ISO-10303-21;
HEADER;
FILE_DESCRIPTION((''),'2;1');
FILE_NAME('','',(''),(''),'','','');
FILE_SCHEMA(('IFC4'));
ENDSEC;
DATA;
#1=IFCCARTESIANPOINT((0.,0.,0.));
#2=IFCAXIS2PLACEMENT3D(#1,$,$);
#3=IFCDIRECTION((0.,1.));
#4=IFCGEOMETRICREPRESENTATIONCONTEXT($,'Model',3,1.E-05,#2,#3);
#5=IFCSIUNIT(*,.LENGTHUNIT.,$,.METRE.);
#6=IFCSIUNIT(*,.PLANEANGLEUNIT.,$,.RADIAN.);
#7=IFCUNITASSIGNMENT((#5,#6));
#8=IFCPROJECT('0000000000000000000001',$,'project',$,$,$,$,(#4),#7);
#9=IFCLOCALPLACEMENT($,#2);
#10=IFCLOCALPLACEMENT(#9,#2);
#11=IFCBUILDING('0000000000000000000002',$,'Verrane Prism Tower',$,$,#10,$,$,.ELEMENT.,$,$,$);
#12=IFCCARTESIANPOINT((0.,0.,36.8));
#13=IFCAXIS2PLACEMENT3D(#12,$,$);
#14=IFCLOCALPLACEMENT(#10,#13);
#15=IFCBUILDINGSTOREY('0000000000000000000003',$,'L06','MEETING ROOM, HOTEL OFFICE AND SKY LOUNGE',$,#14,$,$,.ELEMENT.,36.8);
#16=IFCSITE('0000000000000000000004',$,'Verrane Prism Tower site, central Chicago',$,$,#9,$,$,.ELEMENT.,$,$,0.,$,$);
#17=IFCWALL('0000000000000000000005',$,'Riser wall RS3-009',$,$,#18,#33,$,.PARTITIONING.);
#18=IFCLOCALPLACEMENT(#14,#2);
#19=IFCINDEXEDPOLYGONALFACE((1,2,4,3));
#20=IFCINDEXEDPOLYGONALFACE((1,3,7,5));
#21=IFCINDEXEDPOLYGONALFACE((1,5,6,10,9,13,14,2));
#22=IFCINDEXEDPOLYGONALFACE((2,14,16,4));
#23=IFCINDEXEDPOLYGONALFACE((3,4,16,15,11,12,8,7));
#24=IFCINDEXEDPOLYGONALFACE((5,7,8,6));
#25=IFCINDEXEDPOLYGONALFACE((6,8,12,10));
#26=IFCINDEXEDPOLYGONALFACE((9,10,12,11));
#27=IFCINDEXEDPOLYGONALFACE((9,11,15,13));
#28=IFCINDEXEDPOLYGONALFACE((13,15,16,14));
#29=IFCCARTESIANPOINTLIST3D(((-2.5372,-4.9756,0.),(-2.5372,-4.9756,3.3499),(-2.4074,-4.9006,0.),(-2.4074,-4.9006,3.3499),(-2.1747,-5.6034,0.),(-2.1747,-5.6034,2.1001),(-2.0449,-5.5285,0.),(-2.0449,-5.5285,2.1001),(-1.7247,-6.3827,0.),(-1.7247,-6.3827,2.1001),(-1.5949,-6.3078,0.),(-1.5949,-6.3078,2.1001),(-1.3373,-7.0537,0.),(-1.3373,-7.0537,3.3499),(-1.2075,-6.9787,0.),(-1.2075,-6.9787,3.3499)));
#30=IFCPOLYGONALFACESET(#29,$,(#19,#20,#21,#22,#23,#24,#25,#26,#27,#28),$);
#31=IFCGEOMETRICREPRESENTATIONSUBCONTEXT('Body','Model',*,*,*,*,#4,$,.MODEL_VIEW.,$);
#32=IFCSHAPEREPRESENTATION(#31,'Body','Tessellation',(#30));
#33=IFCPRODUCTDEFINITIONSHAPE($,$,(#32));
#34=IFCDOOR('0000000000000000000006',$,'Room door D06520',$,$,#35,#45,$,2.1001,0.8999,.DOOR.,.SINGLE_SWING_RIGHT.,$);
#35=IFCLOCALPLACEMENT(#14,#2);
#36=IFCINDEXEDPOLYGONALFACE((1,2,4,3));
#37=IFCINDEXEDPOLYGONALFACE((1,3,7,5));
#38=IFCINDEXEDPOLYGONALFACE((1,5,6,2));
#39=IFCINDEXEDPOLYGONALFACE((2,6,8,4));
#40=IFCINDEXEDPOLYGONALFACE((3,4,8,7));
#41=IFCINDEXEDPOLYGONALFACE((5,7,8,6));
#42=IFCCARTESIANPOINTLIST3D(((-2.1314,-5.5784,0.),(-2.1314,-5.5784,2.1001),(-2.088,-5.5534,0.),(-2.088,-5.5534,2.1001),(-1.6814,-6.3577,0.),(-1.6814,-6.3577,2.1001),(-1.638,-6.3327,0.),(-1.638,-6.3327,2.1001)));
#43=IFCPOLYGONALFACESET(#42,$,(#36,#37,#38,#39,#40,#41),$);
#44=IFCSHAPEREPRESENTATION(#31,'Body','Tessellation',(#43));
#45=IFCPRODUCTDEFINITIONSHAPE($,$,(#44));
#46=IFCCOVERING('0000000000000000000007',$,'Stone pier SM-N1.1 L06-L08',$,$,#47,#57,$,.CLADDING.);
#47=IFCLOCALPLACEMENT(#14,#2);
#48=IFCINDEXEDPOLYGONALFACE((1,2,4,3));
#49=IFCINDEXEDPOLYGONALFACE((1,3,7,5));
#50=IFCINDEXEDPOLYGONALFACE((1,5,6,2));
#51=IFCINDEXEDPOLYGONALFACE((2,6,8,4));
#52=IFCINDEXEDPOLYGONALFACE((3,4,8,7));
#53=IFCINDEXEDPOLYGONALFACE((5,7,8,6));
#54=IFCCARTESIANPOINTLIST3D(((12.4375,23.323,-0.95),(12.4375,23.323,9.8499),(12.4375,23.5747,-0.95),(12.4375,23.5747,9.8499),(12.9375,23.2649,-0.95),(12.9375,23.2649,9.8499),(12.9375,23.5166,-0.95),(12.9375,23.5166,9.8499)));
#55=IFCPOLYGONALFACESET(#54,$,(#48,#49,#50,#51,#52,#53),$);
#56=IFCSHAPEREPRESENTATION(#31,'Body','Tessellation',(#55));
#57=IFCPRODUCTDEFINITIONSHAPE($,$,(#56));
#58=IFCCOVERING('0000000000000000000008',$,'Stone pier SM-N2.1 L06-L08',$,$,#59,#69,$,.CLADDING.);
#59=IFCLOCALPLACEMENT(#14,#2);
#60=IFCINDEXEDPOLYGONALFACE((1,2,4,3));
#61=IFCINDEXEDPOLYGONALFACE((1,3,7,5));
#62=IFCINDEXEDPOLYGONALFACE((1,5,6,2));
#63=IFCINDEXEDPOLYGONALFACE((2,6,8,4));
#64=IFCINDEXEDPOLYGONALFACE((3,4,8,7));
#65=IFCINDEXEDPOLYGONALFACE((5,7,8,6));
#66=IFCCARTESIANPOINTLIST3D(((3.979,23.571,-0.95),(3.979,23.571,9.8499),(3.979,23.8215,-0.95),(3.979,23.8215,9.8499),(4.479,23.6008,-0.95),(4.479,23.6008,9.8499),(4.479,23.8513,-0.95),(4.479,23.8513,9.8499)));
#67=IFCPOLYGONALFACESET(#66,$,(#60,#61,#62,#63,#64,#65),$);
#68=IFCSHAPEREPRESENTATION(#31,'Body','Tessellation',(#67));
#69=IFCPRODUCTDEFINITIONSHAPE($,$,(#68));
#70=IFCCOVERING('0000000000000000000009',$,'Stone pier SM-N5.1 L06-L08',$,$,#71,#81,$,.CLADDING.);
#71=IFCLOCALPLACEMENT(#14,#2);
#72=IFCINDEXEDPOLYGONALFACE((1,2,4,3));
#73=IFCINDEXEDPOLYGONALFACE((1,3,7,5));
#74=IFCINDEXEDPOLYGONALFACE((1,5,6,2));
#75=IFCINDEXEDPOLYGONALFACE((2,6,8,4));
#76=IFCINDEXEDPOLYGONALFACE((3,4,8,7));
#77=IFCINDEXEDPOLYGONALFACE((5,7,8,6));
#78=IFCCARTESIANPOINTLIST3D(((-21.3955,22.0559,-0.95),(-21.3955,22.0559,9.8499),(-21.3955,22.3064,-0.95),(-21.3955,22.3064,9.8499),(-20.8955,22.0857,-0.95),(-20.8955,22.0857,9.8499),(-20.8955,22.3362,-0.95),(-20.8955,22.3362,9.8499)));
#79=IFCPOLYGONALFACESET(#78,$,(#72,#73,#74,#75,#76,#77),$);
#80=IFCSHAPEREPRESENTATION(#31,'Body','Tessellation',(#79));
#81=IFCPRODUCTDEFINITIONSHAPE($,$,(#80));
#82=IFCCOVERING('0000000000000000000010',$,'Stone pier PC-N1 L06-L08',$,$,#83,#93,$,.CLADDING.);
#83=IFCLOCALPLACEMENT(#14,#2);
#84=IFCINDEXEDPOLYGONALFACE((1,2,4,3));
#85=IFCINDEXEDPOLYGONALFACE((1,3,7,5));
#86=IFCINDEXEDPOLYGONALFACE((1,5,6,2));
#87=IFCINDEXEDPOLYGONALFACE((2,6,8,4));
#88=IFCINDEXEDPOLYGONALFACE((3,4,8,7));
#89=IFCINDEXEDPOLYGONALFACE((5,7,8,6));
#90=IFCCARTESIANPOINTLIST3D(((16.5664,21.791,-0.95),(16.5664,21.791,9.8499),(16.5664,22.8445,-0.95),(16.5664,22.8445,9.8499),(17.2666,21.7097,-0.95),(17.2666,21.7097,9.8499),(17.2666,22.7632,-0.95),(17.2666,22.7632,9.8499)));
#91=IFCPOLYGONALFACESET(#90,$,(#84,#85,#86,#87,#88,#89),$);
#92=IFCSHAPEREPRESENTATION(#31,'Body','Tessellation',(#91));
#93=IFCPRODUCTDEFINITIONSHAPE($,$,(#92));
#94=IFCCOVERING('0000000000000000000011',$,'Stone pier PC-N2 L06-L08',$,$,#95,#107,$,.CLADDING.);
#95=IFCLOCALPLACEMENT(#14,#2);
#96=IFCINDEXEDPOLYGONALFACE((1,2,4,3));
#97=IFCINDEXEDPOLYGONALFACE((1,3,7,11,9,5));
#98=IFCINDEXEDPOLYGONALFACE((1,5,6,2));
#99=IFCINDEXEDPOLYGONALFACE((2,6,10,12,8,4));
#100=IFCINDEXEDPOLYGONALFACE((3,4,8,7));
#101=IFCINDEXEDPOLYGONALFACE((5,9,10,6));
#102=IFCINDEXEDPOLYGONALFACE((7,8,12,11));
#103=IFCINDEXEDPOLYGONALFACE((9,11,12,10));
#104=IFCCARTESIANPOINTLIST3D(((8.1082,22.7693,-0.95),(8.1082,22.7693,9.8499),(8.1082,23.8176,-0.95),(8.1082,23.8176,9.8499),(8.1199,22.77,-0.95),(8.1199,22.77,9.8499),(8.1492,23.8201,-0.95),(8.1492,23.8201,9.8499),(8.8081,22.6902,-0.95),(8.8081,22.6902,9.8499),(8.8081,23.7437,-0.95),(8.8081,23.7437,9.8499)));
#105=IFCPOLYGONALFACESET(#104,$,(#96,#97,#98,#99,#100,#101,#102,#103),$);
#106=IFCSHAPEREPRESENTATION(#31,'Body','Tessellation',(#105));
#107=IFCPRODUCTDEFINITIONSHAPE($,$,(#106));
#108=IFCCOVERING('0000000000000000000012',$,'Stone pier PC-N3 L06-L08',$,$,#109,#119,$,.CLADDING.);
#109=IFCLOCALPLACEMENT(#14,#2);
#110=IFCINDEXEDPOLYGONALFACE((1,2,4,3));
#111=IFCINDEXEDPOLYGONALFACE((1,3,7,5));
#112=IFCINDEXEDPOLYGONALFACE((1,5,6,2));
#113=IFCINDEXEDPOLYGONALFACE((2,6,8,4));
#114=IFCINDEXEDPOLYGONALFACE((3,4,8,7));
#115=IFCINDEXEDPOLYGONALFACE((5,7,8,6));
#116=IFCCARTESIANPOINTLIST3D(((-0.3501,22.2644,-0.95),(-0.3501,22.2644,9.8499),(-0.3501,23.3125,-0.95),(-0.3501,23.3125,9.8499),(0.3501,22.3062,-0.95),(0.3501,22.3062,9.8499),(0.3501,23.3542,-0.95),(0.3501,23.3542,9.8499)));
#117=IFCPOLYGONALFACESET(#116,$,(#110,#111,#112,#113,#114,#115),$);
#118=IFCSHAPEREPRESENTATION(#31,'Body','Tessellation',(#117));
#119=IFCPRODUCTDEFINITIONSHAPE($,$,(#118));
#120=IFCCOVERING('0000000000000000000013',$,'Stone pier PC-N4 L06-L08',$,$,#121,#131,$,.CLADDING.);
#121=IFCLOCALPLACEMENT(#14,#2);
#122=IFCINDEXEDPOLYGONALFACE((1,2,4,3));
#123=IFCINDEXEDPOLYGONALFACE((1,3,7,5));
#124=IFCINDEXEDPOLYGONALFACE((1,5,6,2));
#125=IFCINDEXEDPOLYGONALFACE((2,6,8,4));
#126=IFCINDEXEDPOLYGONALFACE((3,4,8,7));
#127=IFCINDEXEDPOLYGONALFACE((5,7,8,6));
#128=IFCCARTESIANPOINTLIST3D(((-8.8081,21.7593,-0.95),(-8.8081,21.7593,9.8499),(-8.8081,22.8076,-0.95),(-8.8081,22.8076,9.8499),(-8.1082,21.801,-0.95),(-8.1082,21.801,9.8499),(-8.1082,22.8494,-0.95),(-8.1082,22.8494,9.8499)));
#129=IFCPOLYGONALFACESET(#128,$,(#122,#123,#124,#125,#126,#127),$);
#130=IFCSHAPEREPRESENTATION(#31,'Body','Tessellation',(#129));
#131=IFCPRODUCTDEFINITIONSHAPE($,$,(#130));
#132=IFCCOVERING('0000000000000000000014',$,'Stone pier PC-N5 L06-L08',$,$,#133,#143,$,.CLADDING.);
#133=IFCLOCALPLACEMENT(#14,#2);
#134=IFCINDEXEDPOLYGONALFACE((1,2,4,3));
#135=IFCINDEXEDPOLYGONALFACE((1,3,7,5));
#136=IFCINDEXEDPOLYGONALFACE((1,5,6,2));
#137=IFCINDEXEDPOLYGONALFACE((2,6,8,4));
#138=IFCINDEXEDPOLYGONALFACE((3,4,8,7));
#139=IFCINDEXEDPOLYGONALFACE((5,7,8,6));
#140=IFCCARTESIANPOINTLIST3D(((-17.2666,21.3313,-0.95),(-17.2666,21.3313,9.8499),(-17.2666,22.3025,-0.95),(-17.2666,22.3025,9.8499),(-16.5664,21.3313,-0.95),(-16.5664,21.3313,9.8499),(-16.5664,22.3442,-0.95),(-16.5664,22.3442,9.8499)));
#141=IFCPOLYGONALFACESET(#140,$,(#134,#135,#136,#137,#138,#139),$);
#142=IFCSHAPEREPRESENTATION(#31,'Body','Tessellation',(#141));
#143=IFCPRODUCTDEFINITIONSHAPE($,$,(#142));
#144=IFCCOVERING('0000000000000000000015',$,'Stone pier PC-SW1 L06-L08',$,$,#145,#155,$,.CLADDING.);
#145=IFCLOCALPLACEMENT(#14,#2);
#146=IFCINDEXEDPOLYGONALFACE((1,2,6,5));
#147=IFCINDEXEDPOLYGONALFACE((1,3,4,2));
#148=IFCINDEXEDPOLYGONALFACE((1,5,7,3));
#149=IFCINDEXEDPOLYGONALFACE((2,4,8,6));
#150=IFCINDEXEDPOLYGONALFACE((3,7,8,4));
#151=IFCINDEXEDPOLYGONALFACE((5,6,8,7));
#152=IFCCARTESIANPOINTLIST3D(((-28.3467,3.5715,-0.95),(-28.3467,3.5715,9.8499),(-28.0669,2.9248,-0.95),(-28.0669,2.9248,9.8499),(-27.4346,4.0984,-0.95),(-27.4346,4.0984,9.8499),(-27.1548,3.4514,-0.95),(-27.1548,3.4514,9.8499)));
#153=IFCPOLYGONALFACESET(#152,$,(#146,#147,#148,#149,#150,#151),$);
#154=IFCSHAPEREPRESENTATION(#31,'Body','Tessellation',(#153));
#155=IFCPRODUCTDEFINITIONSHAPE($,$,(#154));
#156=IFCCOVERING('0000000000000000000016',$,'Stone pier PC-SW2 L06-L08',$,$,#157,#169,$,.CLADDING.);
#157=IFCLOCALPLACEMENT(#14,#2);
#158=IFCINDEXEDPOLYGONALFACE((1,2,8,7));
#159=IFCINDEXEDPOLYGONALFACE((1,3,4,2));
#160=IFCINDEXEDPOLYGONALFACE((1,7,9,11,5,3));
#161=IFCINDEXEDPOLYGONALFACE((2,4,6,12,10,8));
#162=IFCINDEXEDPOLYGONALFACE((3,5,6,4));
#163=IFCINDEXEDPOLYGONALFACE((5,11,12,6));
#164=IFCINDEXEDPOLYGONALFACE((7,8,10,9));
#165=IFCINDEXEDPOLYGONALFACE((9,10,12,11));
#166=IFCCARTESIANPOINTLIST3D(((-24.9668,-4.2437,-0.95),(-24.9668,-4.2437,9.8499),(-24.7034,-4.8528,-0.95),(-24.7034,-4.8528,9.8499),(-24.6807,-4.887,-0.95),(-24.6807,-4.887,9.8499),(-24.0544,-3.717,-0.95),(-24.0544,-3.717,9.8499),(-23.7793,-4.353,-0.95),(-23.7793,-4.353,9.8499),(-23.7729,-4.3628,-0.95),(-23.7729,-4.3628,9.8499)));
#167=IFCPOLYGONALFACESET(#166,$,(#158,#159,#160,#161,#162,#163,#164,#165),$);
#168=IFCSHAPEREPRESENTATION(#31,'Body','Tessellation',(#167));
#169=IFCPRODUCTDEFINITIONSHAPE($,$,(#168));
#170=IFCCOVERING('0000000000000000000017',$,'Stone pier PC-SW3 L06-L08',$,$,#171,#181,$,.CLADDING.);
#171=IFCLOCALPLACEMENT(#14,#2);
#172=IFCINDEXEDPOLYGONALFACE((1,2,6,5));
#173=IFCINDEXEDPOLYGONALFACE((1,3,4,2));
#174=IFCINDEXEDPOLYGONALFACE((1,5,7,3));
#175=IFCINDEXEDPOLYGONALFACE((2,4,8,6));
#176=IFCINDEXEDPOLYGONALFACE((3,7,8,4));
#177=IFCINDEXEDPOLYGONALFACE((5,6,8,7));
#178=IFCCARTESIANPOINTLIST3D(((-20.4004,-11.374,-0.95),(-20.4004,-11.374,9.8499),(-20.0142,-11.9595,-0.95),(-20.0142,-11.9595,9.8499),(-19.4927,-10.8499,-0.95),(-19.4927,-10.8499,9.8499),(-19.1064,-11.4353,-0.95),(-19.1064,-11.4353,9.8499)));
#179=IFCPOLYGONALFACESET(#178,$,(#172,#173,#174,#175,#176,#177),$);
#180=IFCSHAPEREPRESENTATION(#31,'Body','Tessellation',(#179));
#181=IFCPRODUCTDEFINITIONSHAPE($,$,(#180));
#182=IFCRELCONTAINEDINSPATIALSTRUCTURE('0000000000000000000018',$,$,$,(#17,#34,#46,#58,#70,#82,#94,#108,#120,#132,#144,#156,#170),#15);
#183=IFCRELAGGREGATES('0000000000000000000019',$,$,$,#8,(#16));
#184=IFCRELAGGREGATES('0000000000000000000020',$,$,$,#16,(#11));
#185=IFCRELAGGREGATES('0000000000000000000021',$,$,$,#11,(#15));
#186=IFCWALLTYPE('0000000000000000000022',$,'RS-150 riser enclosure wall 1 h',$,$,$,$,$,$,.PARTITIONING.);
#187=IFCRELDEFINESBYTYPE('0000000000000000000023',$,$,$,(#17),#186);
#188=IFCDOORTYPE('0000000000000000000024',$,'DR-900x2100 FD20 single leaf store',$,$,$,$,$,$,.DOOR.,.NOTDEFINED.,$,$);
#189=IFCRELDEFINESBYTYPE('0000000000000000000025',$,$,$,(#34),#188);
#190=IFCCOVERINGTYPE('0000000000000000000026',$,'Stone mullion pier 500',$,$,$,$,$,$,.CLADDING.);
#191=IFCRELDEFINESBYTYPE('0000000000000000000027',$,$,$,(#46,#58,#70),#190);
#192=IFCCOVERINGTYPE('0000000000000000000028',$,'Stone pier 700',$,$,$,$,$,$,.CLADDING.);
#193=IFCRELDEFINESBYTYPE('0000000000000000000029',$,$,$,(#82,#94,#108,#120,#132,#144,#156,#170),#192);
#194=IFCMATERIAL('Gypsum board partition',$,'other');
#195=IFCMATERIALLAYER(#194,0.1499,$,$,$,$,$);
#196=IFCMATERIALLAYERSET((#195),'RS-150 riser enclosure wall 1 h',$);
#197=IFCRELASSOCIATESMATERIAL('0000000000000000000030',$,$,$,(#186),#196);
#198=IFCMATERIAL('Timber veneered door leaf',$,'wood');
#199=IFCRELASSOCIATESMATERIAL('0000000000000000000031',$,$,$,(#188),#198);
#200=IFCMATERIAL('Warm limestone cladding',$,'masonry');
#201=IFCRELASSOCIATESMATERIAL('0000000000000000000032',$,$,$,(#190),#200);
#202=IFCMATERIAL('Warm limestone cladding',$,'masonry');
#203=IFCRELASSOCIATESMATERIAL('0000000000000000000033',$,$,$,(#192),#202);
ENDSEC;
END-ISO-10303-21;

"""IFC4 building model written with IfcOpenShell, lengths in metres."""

from ifc_helpers import new_model, si_unit, direction, frame, frame_2d, origin, place, context, subcontext, project, spatial, polyline, rectangle, outline, extrude, material, layer, layer_set, type_object, element, fill, save


model = new_model("IFC4")

# Units and contexts
model_context = context("Model", 3, precision=1e-05, world=origin(), true_north=direction((0.0, 1.0)))
body_context = subcontext(model_context, "Body", "Model", "MODEL_VIEW")
ifc_project = project(units=[si_unit("LENGTHUNIT", "METRE"), si_unit("PLANEANGLEUNIT", "RADIAN")], contexts=[model_context])

# Site, building, storey
site_placement = place(None, origin())
site = spatial("IfcSite", under=ifc_project, at=site_placement, Name="Verrane Prism Tower site, central Chicago", CompositionType="ELEMENT", RefElevation=0.0)
building_placement = place(site_placement, origin())
building = spatial("IfcBuilding", under=site, at=building_placement, Name="Verrane Prism Tower", CompositionType="ELEMENT")
storey_placement = place(building_placement, frame((0.0, 0.0, 36.8)))
storey = spatial("IfcBuildingStorey", under=building, at=storey_placement, Name="L06", Description="MEETING ROOM, HOTEL OFFICE AND SKY LOUNGE", CompositionType="ELEMENT", Elevation=36.8)

# Shared definitions
ifc_material_1 = material(Name="Gypsum board partition", Category="other")
ifc_layer_1 = layer(ifc_material_1, 0.1499)
ifc_layer_set_1 = layer_set([ifc_layer_1], Name="RS-150 riser enclosure wall 1 h")
wall_type_1 = type_object("IfcWallType", Name="RS-150 riser enclosure wall 1 h", PredefinedType="PARTITIONING", material=ifc_layer_set_1)

# Wall, opening, door
wall_1_placement = place(storey_placement, frame((-1.2725, -7.0161, 0.0), z_axis=(0.0, 0.0, 1.0), x_axis=(-0.500045, 0.865999, 0.0)))
wall_1 = element("IfcWall", 1, at=wall_1_placement, inside=storey, type_object=wall_type_1, Name="Riser wall RS3-009", PredefinedType="PARTITIONING", context=body_context, shape_type="SweptSolid", body=[
    extrude(rectangle(XDim=2.3997, YDim=0.1499, at=frame_2d((1.1997, 0.0))), origin(), (0.0, 0.0, 1.0), 3.3499),
])
opening_1_placement = place(wall_1_placement, frame((0.7747, 0.0, 0.0)))
opening_1 = element("IfcOpeningElement", 2, at=opening_1_placement, cuts=wall_1, PredefinedType="OPENING", context=body_context, shape_type="SweptSolid", body=[
    extrude(rectangle(XDim=0.8999, YDim=2.1001, at=frame_2d((0.45, 1.05))), frame((0.0, 0.085, 0.0), z_axis=(0.0, -1.0, 0.0), x_axis=(1.0, 0.0, 0.0)), (0.0, 0.0, 1.0), 0.1699),
])
ifc_material_2 = material(Name="Timber veneered door leaf", Category="wood")
door_type_1 = type_object("IfcDoorType", Name="DR-900x2100 FD20 single leaf store", OperationType="NOTDEFINED", PredefinedType="DOOR", material=ifc_material_2)
door_1_placement = place(opening_1_placement, origin())
door_1 = element("IfcDoor", 3, at=door_1_placement, inside=storey, type_object=door_type_1, Name="Room door D06520", OperationType="SINGLE_SWING_RIGHT", OverallHeight=2.1001, OverallWidth=0.8999, PredefinedType="DOOR", context=body_context, shape_type="SweptSolid", body=[
    extrude(rectangle(XDim=0.8999, YDim=2.1001, at=frame_2d((0.45, 1.05))), frame((0.0, 0.0249, 0.0), z_axis=(0.0, -1.0, 0.0), x_axis=(1.0, 0.0, 0.0)), (0.0, 0.0, 1.0), 0.05),
])
fill(opening_1, door_1)

# Coverings
ifc_material_3 = material(Name="Warm limestone cladding", Category="masonry")
covering_type_1 = type_object("IfcCoveringType", Name="Stone mullion pier 500", PredefinedType="CLADDING", material=ifc_material_3)
covering_1_placement = place(storey_placement, frame((0.0, 0.0, -0.95)))
element("IfcCovering", 4, at=covering_1_placement, inside=storey, type_object=covering_type_1, Name="Stone pier SM-N1.1 L06-L08", PredefinedType="CLADDING", context=body_context, shape_type="SweptSolid", body=[
    extrude(outline(polyline([(12.4375, 23.323), (12.9375, 23.2649), (12.9375, 23.5166), (12.4375, 23.5747), (12.4375, 23.323)])), origin(), (0.0, 0.0, 1.0), 10.7998),
])
covering_2_placement = place(storey_placement, frame((0.0, 0.0, -0.95)))
element("IfcCovering", 5, at=covering_2_placement, inside=storey, type_object=covering_type_1, Name="Stone pier SM-N2.1 L06-L08", PredefinedType="CLADDING", context=body_context, shape_type="SweptSolid", body=[
    extrude(outline(polyline([(3.979, 23.571), (4.479, 23.6008), (4.479, 23.8513), (3.979, 23.8215), (3.979, 23.571)])), origin(), (0.0, 0.0, 1.0), 10.7998),
])
covering_3_placement = place(storey_placement, frame((0.0, 0.0, -0.95)))
element("IfcCovering", 6, at=covering_3_placement, inside=storey, type_object=covering_type_1, Name="Stone pier SM-N5.1 L06-L08", PredefinedType="CLADDING", context=body_context, shape_type="SweptSolid", body=[
    extrude(outline(polyline([(-21.3955, 22.0559), (-20.8955, 22.0857), (-20.8955, 22.3362), (-21.3955, 22.3064), (-21.3955, 22.0559)])), origin(), (0.0, 0.0, 1.0), 10.7998),
])
ifc_material_4 = material(Name="Warm limestone cladding", Category="masonry")
covering_type_2 = type_object("IfcCoveringType", Name="Stone pier 700", PredefinedType="CLADDING", material=ifc_material_4)
covering_4_placement = place(storey_placement, frame((0.0, 0.0, -0.95)))
element("IfcCovering", 7, at=covering_4_placement, inside=storey, type_object=covering_type_2, Name="Stone pier PC-N1 L06-L08", PredefinedType="CLADDING", context=body_context, shape_type="SweptSolid", body=[
    extrude(outline(polyline([(16.5664, 22.8445), (16.5664, 21.791), (17.2666, 21.7097), (17.2666, 22.7632), (16.5664, 22.8445)])), origin(), (0.0, 0.0, 1.0), 10.7998),
])
covering_5_placement = place(storey_placement, frame((0.0, 0.0, -0.95)))
element("IfcCovering", 8, at=covering_5_placement, inside=storey, type_object=covering_type_2, Name="Stone pier PC-N2 L06-L08", PredefinedType="CLADDING", context=body_context, shape_type="SweptSolid", body=[
    extrude(outline(polyline([(8.1082, 23.8176), (8.1082, 22.7693), (8.1199, 22.77), (8.8081, 22.6902), (8.8081, 23.7437), (8.1492, 23.8201), (8.1082, 23.8176)])), origin(), (0.0, 0.0, 1.0), 10.7998),
])
covering_6_placement = place(storey_placement, frame((0.0, 0.0, -0.95)))
element("IfcCovering", 9, at=covering_6_placement, inside=storey, type_object=covering_type_2, Name="Stone pier PC-N3 L06-L08", PredefinedType="CLADDING", context=body_context, shape_type="SweptSolid", body=[
    extrude(outline(polyline([(-0.3501, 23.3125), (-0.3501, 22.2644), (0.3501, 22.3062), (0.3501, 23.3542), (-0.3501, 23.3125)])), origin(), (0.0, 0.0, 1.0), 10.7998),
])
covering_7_placement = place(storey_placement, frame((0.0, 0.0, -0.95)))
element("IfcCovering", 10, at=covering_7_placement, inside=storey, type_object=covering_type_2, Name="Stone pier PC-N4 L06-L08", PredefinedType="CLADDING", context=body_context, shape_type="SweptSolid", body=[
    extrude(outline(polyline([(-8.8081, 22.8076), (-8.8081, 21.7593), (-8.1082, 21.801), (-8.1082, 22.8494), (-8.8081, 22.8076)])), origin(), (0.0, 0.0, 1.0), 10.7998),
])
covering_8_placement = place(storey_placement, frame((0.0, 0.0, -0.95)))
element("IfcCovering", 11, at=covering_8_placement, inside=storey, type_object=covering_type_2, Name="Stone pier PC-N5 L06-L08", PredefinedType="CLADDING", context=body_context, shape_type="SweptSolid", body=[
    extrude(outline(polyline([(-17.2666, 21.3313), (-16.5664, 21.3313), (-16.5664, 22.3442), (-17.2666, 22.3025), (-17.2666, 21.3313)])), origin(), (0.0, 0.0, 1.0), 10.7998),
])
covering_9_placement = place(storey_placement, frame((0.0, 0.0, -0.95)))
element("IfcCovering", 12, at=covering_9_placement, inside=storey, type_object=covering_type_2, Name="Stone pier PC-SW1 L06-L08", PredefinedType="CLADDING", context=body_context, shape_type="SweptSolid", body=[
    extrude(outline(polyline([(-28.0669, 2.9248), (-27.1548, 3.4514), (-27.4346, 4.0984), (-28.3467, 3.5715), (-28.0669, 2.9248)])), origin(), (0.0, 0.0, 1.0), 10.7998),
])
covering_10_placement = place(storey_placement, frame((0.0, 0.0, -0.95)))
element("IfcCovering", 13, at=covering_10_placement, inside=storey, type_object=covering_type_2, Name="Stone pier PC-SW2 L06-L08", PredefinedType="CLADDING", context=body_context, shape_type="SweptSolid", body=[
    extrude(outline(polyline([(-24.6807, -4.887), (-23.7729, -4.3628), (-23.7793, -4.353), (-24.0544, -3.717), (-24.9668, -4.2437), (-24.7034, -4.8528), (-24.6807, -4.887)])), origin(), (0.0, 0.0, 1.0), 10.7998),
])
covering_11_placement = place(storey_placement, frame((0.0, 0.0, -0.95)))
element("IfcCovering", 14, at=covering_11_placement, inside=storey, type_object=covering_type_2, Name="Stone pier PC-SW3 L06-L08", PredefinedType="CLADDING", context=body_context, shape_type="SweptSolid", body=[
    extrude(outline(polyline([(-20.0142, -11.9595), (-19.1064, -11.4353), (-19.4927, -10.8499), (-20.4004, -11.374), (-20.0142, -11.9595)])), origin(), (0.0, 0.0, 1.0), 10.7998),
])

save(model, "model.ifc")
